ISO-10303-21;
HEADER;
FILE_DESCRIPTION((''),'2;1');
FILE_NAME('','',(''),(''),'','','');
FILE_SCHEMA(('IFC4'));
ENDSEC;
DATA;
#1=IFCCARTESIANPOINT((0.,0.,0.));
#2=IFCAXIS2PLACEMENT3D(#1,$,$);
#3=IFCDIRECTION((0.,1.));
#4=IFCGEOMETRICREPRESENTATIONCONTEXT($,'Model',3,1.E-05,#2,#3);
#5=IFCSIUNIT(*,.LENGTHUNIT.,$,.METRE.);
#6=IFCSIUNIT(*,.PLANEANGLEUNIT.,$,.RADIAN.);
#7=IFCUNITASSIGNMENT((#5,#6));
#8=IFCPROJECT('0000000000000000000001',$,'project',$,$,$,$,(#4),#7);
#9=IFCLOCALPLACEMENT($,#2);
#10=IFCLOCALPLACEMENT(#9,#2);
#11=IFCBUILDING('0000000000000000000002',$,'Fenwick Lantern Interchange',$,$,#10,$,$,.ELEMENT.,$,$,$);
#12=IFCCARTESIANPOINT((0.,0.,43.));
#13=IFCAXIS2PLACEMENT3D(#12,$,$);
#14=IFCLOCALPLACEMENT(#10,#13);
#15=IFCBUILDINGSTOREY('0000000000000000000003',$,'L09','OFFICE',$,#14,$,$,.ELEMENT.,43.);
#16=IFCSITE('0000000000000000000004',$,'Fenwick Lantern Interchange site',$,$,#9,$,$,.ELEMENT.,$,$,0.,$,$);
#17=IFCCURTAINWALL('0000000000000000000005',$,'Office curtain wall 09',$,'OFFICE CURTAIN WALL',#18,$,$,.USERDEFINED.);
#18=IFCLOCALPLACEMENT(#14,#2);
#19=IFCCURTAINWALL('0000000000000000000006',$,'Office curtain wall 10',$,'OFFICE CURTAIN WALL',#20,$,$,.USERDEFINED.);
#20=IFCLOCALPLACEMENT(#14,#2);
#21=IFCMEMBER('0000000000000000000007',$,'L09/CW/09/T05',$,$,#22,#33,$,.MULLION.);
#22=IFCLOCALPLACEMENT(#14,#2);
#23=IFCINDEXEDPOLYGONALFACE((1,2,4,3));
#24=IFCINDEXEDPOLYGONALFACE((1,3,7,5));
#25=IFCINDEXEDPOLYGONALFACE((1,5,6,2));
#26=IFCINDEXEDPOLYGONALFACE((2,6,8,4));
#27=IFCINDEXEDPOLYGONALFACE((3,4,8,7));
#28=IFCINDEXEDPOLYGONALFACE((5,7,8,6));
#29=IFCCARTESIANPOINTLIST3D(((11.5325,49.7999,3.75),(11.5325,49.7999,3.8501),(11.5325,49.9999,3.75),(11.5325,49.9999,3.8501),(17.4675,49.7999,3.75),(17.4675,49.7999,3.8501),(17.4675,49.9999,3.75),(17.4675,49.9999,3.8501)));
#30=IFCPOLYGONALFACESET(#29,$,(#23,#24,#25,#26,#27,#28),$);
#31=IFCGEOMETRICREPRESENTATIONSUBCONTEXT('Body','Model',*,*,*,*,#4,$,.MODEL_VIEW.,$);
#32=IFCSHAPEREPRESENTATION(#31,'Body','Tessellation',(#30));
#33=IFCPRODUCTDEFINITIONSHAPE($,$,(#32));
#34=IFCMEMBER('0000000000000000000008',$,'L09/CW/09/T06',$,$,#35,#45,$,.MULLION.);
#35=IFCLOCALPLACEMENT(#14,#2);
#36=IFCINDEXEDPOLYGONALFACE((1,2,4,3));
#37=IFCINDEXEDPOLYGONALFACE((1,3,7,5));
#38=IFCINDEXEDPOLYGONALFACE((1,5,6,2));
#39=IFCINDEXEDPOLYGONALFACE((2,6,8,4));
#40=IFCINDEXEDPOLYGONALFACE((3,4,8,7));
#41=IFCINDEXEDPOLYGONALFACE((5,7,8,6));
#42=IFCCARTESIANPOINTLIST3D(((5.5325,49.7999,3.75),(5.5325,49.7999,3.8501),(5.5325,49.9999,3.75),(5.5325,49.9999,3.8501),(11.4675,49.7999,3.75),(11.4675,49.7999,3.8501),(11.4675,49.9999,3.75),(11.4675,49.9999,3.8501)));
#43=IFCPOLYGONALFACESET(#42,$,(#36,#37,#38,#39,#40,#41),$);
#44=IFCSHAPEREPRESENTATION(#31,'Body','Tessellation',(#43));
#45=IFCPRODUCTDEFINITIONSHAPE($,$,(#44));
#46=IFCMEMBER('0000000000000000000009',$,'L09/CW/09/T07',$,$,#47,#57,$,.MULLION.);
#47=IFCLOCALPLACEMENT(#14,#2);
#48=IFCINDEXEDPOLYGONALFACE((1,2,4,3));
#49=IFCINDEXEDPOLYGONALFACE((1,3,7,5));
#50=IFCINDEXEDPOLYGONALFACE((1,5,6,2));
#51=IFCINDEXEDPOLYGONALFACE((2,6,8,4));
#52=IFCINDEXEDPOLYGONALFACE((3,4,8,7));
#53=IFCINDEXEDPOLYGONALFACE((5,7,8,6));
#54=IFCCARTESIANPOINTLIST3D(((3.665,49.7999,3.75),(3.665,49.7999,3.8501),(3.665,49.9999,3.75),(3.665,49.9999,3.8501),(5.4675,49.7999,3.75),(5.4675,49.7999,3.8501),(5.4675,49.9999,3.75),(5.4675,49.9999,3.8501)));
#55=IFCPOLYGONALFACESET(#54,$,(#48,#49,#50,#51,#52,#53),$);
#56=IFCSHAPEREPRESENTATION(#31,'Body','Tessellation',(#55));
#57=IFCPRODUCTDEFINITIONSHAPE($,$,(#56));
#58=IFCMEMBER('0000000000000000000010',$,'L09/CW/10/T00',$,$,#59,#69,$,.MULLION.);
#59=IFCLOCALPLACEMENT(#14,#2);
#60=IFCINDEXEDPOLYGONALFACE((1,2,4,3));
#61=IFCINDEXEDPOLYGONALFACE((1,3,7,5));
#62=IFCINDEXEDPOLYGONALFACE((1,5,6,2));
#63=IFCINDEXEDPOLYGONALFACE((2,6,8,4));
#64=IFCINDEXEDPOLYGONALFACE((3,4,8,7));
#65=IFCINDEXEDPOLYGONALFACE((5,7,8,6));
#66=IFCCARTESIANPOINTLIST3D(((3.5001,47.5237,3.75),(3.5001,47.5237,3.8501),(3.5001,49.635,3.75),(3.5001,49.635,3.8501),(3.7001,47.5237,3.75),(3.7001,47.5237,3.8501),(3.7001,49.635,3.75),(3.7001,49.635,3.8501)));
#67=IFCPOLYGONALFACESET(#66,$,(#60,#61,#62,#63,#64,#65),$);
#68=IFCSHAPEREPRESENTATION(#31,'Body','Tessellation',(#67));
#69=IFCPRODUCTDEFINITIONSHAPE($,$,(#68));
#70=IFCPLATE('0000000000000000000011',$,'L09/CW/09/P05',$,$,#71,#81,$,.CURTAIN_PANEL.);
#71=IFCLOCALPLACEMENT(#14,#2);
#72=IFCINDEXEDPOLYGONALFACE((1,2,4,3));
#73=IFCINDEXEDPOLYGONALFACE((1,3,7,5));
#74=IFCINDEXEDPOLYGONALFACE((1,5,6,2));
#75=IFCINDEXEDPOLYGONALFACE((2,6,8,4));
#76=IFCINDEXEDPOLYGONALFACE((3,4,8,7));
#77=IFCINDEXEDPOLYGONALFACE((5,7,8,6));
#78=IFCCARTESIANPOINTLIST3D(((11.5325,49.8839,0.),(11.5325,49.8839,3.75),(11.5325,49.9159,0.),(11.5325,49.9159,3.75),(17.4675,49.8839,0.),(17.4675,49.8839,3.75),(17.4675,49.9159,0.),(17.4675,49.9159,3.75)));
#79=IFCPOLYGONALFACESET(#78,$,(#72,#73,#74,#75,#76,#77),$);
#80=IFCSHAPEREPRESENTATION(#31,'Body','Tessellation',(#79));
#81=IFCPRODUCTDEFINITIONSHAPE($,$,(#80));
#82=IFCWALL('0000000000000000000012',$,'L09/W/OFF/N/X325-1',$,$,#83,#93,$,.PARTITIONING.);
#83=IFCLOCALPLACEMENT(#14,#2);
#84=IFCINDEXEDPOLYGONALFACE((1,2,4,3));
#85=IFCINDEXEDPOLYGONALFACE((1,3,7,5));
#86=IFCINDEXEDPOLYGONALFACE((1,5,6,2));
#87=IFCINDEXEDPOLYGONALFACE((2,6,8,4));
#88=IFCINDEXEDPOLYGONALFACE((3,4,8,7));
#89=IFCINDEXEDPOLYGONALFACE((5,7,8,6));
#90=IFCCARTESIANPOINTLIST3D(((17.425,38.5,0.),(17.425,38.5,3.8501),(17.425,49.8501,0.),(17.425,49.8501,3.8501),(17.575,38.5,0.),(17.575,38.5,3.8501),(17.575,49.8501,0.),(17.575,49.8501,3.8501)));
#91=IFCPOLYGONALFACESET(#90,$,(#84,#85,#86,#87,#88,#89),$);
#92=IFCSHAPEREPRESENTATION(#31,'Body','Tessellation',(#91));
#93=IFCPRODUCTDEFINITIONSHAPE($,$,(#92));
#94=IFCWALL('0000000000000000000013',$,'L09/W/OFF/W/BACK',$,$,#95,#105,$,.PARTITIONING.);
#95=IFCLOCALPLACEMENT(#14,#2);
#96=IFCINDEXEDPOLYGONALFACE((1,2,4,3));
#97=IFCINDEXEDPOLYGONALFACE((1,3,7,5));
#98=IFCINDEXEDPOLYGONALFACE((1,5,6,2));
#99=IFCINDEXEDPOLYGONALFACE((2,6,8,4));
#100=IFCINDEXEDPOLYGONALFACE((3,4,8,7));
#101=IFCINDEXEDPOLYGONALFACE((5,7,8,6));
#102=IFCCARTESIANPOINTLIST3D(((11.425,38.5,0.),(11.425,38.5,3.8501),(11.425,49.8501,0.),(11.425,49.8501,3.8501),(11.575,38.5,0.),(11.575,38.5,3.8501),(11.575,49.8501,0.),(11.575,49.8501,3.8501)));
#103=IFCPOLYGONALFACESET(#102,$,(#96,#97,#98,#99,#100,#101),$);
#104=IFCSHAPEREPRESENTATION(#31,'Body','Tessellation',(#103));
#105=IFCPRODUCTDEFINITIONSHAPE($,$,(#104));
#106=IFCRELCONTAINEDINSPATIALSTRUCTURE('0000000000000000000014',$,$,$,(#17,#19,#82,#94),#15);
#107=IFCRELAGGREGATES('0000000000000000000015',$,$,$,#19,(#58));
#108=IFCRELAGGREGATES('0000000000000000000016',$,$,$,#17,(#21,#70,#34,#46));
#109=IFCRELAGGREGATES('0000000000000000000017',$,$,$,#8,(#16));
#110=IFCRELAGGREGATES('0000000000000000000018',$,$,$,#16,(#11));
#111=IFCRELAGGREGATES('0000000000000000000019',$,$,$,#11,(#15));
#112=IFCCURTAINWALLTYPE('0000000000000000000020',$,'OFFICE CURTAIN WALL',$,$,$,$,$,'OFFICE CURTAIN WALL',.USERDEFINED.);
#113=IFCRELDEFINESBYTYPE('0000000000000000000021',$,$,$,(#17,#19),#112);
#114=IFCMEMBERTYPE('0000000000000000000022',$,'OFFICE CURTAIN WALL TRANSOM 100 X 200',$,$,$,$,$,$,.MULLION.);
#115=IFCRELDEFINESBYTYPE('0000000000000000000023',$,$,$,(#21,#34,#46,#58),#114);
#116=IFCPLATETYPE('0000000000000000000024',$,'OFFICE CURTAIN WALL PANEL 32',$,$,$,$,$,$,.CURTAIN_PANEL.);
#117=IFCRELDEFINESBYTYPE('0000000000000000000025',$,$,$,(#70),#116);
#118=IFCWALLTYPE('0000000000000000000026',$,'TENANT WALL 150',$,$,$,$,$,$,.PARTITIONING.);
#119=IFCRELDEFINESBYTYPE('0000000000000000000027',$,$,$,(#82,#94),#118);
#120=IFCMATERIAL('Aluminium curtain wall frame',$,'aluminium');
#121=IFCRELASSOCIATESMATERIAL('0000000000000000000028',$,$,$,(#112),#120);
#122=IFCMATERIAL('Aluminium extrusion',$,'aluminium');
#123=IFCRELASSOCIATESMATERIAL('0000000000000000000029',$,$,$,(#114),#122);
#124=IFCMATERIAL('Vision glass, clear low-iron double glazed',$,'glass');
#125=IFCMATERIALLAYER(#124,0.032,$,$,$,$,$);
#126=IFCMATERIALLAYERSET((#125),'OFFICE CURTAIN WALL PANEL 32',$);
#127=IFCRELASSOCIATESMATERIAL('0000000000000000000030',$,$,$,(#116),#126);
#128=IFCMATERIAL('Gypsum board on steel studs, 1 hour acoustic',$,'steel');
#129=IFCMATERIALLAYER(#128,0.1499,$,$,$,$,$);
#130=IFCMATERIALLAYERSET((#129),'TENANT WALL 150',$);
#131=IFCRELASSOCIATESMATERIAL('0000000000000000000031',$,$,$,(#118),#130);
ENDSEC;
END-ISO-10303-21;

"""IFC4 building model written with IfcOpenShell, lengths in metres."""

from ifc_helpers import new_model, si_unit, direction, frame, frame_2d, origin, origin_2d, place, context, subcontext, project, spatial, rectangle, extrude, material, layer, layer_set, material_profile, profile_set, type_object, element, aggregate, save


model = new_model("IFC4")

# Units and contexts
model_context = context("Model", 3, precision=1e-05, world=origin(), true_north=direction((0.0, 1.0)))
body_context = subcontext(model_context, "Body", "Model", "MODEL_VIEW")
ifc_project = project(units=[si_unit("LENGTHUNIT", "METRE"), si_unit("PLANEANGLEUNIT", "RADIAN")], contexts=[model_context])

# Site, building, storey
site_placement = place(None, origin())
site = spatial("IfcSite", under=ifc_project, at=site_placement, Name="Fenwick Lantern Interchange site", CompositionType="ELEMENT", RefElevation=0.0)
building_placement = place(site_placement, origin())
building = spatial("IfcBuilding", under=site, at=building_placement, Name="Fenwick Lantern Interchange", CompositionType="ELEMENT")
storey_placement = place(building_placement, frame((0.0, 0.0, 43.0)))
storey = spatial("IfcBuildingStorey", under=building, at=storey_placement, Name="L09", Description="OFFICE", CompositionType="ELEMENT", Elevation=43.0)

# Curtain walls
ifc_material_1 = material(Name="Aluminium curtain wall frame", Category="aluminium")
curtain_wall_type = type_object("IfcCurtainWallType", Name="OFFICE CURTAIN WALL", ElementType="OFFICE CURTAIN WALL", PredefinedType="USERDEFINED", material=ifc_material_1)
curtain_wall_1_placement = place(storey_placement, origin())
curtain_wall_1 = element("IfcCurtainWall", 1, at=curtain_wall_1_placement, inside=storey, type_object=curtain_wall_type, Name="Office curtain wall 09", ObjectType="OFFICE CURTAIN WALL", PredefinedType="USERDEFINED")
ifc_material_2 = material(Name="Aluminium extrusion", Category="aluminium")
curtain_wall_2_placement = place(storey_placement, origin())
curtain_wall_2 = element("IfcCurtainWall", 2, at=curtain_wall_2_placement, inside=storey, type_object=curtain_wall_type, Name="Office curtain wall 10", ObjectType="OFFICE CURTAIN WALL", PredefinedType="USERDEFINED")

# Members
ifc_material_profile_1 = material_profile(ifc_material_2, rectangle(XDim=0.2, YDim=0.1001, at=origin_2d()), Name="OFFICE CURTAIN WALL TRANSOM 100 X 200")
ifc_profile_set_1 = profile_set([ifc_material_profile_1], Name="Aluminium extrusion")
member_type_1 = type_object("IfcMemberType", Name="OFFICE CURTAIN WALL TRANSOM 100 X 200", PredefinedType="MULLION", material=ifc_profile_set_1)
member_1_placement = place(storey_placement, frame((17.4675, 49.8999, 3.8), z_axis=(-1.0, 0.0, 0.0), x_axis=(0.0, -1.0, 0.0)))
member_1 = element("IfcMember", 3, at=member_1_placement, type_object=member_type_1, Name="L09/CW/09/T05", PredefinedType="MULLION", context=body_context, shape_type="SweptSolid", body=[
    extrude(rectangle(XDim=0.2, YDim=0.1001, at=origin_2d()), origin(), (0.0, 0.0, 1.0), 5.9351),
])
member_2_placement = place(storey_placement, frame((11.4675, 49.8999, 3.8), z_axis=(-1.0, 0.0, 0.0), x_axis=(0.0, -1.0, 0.0)))
member_2 = element("IfcMember", 4, at=member_2_placement, type_object=member_type_1, Name="L09/CW/09/T06", PredefinedType="MULLION", context=body_context, shape_type="SweptSolid", body=[
    extrude(rectangle(XDim=0.2, YDim=0.1001, at=origin_2d()), origin(), (0.0, 0.0, 1.0), 5.9351),
])
member_3_placement = place(storey_placement, frame((5.4675, 49.8999, 3.8), z_axis=(-1.0, 0.0, 0.0), x_axis=(0.0, -1.0, 0.0)))
member_3 = element("IfcMember", 5, at=member_3_placement, type_object=member_type_1, Name="L09/CW/09/T07", PredefinedType="MULLION", context=body_context, shape_type="SweptSolid", body=[
    extrude(rectangle(XDim=0.2, YDim=0.1001, at=origin_2d()), origin(), (0.0, 0.0, 1.0), 1.8025),
])
member_4_placement = place(storey_placement, frame((3.6001, 49.635, 3.8), z_axis=(0.0, -1.0, 0.0), x_axis=(1.0, 0.0, 0.0)))
member_4 = element("IfcMember", 6, at=member_4_placement, type_object=member_type_1, Name="L09/CW/10/T00", PredefinedType="MULLION", context=body_context, shape_type="SweptSolid", body=[
    extrude(rectangle(XDim=0.2, YDim=0.1001, at=origin_2d()), origin(), (0.0, 0.0, 1.0), 2.1113),
])
aggregate(curtain_wall_2, [member_4])

# Plate
ifc_material_3 = material(Name="Vision glass, clear low-iron double glazed", Category="glass")
ifc_layer_1 = layer(ifc_material_3, 0.032)
ifc_layer_set_1 = layer_set([ifc_layer_1], Name="OFFICE CURTAIN WALL PANEL 32")
plate_type = type_object("IfcPlateType", Name="OFFICE CURTAIN WALL PANEL 32", PredefinedType="CURTAIN_PANEL", material=ifc_layer_set_1)
plate_placement = place(storey_placement, frame((14.5, 49.8999, 0.0), z_axis=(0.0, 0.0, 1.0), x_axis=(-1.0, 0.0, 0.0)))
plate = element("IfcPlate", 7, at=plate_placement, type_object=plate_type, Name="L09/CW/09/P05", PredefinedType="CURTAIN_PANEL", context=body_context, shape_type="SweptSolid", body=[
    extrude(rectangle(XDim=5.9351, YDim=0.032, at=origin_2d()), origin(), (0.0, 0.0, 1.0), 3.75),
])
aggregate(curtain_wall_1, [member_1, plate, member_2, member_3])

# Walls
ifc_material_4 = material(Name="Gypsum board on steel studs, 1 hour acoustic", Category="steel")
ifc_layer_2 = layer(ifc_material_4, 0.1499)
ifc_layer_set_2 = layer_set([ifc_layer_2], Name="TENANT WALL 150")
wall_type = type_object("IfcWallType", Name="TENANT WALL 150", PredefinedType="PARTITIONING", material=ifc_layer_set_2)
for number, where, z_axis, x_axis, name in (
    (8, (17.5, 49.8501, 0.0), (0.0, 0.0, 1.0), (0.0, -1.0, 0.0), "L09/W/OFF/N/X325-1"),
    (9, (11.5, 49.8501, 0.0), (0.0, 0.0, 1.0), (0.0, -1.0, 0.0), "L09/W/OFF/W/BACK"),
):
    element("IfcWall", number, at=place(storey_placement, frame(where, z_axis=z_axis, x_axis=x_axis)), inside=storey, type_object=wall_type, Name=name, PredefinedType="PARTITIONING", context=body_context, shape_type="SweptSolid", body=[
        extrude(rectangle(XDim=11.3501, YDim=0.1499, at=frame_2d((5.675, 0.0))), origin(), (0.0, 0.0, 1.0), 3.8501),
    ])

save(model, "model.ifc")
